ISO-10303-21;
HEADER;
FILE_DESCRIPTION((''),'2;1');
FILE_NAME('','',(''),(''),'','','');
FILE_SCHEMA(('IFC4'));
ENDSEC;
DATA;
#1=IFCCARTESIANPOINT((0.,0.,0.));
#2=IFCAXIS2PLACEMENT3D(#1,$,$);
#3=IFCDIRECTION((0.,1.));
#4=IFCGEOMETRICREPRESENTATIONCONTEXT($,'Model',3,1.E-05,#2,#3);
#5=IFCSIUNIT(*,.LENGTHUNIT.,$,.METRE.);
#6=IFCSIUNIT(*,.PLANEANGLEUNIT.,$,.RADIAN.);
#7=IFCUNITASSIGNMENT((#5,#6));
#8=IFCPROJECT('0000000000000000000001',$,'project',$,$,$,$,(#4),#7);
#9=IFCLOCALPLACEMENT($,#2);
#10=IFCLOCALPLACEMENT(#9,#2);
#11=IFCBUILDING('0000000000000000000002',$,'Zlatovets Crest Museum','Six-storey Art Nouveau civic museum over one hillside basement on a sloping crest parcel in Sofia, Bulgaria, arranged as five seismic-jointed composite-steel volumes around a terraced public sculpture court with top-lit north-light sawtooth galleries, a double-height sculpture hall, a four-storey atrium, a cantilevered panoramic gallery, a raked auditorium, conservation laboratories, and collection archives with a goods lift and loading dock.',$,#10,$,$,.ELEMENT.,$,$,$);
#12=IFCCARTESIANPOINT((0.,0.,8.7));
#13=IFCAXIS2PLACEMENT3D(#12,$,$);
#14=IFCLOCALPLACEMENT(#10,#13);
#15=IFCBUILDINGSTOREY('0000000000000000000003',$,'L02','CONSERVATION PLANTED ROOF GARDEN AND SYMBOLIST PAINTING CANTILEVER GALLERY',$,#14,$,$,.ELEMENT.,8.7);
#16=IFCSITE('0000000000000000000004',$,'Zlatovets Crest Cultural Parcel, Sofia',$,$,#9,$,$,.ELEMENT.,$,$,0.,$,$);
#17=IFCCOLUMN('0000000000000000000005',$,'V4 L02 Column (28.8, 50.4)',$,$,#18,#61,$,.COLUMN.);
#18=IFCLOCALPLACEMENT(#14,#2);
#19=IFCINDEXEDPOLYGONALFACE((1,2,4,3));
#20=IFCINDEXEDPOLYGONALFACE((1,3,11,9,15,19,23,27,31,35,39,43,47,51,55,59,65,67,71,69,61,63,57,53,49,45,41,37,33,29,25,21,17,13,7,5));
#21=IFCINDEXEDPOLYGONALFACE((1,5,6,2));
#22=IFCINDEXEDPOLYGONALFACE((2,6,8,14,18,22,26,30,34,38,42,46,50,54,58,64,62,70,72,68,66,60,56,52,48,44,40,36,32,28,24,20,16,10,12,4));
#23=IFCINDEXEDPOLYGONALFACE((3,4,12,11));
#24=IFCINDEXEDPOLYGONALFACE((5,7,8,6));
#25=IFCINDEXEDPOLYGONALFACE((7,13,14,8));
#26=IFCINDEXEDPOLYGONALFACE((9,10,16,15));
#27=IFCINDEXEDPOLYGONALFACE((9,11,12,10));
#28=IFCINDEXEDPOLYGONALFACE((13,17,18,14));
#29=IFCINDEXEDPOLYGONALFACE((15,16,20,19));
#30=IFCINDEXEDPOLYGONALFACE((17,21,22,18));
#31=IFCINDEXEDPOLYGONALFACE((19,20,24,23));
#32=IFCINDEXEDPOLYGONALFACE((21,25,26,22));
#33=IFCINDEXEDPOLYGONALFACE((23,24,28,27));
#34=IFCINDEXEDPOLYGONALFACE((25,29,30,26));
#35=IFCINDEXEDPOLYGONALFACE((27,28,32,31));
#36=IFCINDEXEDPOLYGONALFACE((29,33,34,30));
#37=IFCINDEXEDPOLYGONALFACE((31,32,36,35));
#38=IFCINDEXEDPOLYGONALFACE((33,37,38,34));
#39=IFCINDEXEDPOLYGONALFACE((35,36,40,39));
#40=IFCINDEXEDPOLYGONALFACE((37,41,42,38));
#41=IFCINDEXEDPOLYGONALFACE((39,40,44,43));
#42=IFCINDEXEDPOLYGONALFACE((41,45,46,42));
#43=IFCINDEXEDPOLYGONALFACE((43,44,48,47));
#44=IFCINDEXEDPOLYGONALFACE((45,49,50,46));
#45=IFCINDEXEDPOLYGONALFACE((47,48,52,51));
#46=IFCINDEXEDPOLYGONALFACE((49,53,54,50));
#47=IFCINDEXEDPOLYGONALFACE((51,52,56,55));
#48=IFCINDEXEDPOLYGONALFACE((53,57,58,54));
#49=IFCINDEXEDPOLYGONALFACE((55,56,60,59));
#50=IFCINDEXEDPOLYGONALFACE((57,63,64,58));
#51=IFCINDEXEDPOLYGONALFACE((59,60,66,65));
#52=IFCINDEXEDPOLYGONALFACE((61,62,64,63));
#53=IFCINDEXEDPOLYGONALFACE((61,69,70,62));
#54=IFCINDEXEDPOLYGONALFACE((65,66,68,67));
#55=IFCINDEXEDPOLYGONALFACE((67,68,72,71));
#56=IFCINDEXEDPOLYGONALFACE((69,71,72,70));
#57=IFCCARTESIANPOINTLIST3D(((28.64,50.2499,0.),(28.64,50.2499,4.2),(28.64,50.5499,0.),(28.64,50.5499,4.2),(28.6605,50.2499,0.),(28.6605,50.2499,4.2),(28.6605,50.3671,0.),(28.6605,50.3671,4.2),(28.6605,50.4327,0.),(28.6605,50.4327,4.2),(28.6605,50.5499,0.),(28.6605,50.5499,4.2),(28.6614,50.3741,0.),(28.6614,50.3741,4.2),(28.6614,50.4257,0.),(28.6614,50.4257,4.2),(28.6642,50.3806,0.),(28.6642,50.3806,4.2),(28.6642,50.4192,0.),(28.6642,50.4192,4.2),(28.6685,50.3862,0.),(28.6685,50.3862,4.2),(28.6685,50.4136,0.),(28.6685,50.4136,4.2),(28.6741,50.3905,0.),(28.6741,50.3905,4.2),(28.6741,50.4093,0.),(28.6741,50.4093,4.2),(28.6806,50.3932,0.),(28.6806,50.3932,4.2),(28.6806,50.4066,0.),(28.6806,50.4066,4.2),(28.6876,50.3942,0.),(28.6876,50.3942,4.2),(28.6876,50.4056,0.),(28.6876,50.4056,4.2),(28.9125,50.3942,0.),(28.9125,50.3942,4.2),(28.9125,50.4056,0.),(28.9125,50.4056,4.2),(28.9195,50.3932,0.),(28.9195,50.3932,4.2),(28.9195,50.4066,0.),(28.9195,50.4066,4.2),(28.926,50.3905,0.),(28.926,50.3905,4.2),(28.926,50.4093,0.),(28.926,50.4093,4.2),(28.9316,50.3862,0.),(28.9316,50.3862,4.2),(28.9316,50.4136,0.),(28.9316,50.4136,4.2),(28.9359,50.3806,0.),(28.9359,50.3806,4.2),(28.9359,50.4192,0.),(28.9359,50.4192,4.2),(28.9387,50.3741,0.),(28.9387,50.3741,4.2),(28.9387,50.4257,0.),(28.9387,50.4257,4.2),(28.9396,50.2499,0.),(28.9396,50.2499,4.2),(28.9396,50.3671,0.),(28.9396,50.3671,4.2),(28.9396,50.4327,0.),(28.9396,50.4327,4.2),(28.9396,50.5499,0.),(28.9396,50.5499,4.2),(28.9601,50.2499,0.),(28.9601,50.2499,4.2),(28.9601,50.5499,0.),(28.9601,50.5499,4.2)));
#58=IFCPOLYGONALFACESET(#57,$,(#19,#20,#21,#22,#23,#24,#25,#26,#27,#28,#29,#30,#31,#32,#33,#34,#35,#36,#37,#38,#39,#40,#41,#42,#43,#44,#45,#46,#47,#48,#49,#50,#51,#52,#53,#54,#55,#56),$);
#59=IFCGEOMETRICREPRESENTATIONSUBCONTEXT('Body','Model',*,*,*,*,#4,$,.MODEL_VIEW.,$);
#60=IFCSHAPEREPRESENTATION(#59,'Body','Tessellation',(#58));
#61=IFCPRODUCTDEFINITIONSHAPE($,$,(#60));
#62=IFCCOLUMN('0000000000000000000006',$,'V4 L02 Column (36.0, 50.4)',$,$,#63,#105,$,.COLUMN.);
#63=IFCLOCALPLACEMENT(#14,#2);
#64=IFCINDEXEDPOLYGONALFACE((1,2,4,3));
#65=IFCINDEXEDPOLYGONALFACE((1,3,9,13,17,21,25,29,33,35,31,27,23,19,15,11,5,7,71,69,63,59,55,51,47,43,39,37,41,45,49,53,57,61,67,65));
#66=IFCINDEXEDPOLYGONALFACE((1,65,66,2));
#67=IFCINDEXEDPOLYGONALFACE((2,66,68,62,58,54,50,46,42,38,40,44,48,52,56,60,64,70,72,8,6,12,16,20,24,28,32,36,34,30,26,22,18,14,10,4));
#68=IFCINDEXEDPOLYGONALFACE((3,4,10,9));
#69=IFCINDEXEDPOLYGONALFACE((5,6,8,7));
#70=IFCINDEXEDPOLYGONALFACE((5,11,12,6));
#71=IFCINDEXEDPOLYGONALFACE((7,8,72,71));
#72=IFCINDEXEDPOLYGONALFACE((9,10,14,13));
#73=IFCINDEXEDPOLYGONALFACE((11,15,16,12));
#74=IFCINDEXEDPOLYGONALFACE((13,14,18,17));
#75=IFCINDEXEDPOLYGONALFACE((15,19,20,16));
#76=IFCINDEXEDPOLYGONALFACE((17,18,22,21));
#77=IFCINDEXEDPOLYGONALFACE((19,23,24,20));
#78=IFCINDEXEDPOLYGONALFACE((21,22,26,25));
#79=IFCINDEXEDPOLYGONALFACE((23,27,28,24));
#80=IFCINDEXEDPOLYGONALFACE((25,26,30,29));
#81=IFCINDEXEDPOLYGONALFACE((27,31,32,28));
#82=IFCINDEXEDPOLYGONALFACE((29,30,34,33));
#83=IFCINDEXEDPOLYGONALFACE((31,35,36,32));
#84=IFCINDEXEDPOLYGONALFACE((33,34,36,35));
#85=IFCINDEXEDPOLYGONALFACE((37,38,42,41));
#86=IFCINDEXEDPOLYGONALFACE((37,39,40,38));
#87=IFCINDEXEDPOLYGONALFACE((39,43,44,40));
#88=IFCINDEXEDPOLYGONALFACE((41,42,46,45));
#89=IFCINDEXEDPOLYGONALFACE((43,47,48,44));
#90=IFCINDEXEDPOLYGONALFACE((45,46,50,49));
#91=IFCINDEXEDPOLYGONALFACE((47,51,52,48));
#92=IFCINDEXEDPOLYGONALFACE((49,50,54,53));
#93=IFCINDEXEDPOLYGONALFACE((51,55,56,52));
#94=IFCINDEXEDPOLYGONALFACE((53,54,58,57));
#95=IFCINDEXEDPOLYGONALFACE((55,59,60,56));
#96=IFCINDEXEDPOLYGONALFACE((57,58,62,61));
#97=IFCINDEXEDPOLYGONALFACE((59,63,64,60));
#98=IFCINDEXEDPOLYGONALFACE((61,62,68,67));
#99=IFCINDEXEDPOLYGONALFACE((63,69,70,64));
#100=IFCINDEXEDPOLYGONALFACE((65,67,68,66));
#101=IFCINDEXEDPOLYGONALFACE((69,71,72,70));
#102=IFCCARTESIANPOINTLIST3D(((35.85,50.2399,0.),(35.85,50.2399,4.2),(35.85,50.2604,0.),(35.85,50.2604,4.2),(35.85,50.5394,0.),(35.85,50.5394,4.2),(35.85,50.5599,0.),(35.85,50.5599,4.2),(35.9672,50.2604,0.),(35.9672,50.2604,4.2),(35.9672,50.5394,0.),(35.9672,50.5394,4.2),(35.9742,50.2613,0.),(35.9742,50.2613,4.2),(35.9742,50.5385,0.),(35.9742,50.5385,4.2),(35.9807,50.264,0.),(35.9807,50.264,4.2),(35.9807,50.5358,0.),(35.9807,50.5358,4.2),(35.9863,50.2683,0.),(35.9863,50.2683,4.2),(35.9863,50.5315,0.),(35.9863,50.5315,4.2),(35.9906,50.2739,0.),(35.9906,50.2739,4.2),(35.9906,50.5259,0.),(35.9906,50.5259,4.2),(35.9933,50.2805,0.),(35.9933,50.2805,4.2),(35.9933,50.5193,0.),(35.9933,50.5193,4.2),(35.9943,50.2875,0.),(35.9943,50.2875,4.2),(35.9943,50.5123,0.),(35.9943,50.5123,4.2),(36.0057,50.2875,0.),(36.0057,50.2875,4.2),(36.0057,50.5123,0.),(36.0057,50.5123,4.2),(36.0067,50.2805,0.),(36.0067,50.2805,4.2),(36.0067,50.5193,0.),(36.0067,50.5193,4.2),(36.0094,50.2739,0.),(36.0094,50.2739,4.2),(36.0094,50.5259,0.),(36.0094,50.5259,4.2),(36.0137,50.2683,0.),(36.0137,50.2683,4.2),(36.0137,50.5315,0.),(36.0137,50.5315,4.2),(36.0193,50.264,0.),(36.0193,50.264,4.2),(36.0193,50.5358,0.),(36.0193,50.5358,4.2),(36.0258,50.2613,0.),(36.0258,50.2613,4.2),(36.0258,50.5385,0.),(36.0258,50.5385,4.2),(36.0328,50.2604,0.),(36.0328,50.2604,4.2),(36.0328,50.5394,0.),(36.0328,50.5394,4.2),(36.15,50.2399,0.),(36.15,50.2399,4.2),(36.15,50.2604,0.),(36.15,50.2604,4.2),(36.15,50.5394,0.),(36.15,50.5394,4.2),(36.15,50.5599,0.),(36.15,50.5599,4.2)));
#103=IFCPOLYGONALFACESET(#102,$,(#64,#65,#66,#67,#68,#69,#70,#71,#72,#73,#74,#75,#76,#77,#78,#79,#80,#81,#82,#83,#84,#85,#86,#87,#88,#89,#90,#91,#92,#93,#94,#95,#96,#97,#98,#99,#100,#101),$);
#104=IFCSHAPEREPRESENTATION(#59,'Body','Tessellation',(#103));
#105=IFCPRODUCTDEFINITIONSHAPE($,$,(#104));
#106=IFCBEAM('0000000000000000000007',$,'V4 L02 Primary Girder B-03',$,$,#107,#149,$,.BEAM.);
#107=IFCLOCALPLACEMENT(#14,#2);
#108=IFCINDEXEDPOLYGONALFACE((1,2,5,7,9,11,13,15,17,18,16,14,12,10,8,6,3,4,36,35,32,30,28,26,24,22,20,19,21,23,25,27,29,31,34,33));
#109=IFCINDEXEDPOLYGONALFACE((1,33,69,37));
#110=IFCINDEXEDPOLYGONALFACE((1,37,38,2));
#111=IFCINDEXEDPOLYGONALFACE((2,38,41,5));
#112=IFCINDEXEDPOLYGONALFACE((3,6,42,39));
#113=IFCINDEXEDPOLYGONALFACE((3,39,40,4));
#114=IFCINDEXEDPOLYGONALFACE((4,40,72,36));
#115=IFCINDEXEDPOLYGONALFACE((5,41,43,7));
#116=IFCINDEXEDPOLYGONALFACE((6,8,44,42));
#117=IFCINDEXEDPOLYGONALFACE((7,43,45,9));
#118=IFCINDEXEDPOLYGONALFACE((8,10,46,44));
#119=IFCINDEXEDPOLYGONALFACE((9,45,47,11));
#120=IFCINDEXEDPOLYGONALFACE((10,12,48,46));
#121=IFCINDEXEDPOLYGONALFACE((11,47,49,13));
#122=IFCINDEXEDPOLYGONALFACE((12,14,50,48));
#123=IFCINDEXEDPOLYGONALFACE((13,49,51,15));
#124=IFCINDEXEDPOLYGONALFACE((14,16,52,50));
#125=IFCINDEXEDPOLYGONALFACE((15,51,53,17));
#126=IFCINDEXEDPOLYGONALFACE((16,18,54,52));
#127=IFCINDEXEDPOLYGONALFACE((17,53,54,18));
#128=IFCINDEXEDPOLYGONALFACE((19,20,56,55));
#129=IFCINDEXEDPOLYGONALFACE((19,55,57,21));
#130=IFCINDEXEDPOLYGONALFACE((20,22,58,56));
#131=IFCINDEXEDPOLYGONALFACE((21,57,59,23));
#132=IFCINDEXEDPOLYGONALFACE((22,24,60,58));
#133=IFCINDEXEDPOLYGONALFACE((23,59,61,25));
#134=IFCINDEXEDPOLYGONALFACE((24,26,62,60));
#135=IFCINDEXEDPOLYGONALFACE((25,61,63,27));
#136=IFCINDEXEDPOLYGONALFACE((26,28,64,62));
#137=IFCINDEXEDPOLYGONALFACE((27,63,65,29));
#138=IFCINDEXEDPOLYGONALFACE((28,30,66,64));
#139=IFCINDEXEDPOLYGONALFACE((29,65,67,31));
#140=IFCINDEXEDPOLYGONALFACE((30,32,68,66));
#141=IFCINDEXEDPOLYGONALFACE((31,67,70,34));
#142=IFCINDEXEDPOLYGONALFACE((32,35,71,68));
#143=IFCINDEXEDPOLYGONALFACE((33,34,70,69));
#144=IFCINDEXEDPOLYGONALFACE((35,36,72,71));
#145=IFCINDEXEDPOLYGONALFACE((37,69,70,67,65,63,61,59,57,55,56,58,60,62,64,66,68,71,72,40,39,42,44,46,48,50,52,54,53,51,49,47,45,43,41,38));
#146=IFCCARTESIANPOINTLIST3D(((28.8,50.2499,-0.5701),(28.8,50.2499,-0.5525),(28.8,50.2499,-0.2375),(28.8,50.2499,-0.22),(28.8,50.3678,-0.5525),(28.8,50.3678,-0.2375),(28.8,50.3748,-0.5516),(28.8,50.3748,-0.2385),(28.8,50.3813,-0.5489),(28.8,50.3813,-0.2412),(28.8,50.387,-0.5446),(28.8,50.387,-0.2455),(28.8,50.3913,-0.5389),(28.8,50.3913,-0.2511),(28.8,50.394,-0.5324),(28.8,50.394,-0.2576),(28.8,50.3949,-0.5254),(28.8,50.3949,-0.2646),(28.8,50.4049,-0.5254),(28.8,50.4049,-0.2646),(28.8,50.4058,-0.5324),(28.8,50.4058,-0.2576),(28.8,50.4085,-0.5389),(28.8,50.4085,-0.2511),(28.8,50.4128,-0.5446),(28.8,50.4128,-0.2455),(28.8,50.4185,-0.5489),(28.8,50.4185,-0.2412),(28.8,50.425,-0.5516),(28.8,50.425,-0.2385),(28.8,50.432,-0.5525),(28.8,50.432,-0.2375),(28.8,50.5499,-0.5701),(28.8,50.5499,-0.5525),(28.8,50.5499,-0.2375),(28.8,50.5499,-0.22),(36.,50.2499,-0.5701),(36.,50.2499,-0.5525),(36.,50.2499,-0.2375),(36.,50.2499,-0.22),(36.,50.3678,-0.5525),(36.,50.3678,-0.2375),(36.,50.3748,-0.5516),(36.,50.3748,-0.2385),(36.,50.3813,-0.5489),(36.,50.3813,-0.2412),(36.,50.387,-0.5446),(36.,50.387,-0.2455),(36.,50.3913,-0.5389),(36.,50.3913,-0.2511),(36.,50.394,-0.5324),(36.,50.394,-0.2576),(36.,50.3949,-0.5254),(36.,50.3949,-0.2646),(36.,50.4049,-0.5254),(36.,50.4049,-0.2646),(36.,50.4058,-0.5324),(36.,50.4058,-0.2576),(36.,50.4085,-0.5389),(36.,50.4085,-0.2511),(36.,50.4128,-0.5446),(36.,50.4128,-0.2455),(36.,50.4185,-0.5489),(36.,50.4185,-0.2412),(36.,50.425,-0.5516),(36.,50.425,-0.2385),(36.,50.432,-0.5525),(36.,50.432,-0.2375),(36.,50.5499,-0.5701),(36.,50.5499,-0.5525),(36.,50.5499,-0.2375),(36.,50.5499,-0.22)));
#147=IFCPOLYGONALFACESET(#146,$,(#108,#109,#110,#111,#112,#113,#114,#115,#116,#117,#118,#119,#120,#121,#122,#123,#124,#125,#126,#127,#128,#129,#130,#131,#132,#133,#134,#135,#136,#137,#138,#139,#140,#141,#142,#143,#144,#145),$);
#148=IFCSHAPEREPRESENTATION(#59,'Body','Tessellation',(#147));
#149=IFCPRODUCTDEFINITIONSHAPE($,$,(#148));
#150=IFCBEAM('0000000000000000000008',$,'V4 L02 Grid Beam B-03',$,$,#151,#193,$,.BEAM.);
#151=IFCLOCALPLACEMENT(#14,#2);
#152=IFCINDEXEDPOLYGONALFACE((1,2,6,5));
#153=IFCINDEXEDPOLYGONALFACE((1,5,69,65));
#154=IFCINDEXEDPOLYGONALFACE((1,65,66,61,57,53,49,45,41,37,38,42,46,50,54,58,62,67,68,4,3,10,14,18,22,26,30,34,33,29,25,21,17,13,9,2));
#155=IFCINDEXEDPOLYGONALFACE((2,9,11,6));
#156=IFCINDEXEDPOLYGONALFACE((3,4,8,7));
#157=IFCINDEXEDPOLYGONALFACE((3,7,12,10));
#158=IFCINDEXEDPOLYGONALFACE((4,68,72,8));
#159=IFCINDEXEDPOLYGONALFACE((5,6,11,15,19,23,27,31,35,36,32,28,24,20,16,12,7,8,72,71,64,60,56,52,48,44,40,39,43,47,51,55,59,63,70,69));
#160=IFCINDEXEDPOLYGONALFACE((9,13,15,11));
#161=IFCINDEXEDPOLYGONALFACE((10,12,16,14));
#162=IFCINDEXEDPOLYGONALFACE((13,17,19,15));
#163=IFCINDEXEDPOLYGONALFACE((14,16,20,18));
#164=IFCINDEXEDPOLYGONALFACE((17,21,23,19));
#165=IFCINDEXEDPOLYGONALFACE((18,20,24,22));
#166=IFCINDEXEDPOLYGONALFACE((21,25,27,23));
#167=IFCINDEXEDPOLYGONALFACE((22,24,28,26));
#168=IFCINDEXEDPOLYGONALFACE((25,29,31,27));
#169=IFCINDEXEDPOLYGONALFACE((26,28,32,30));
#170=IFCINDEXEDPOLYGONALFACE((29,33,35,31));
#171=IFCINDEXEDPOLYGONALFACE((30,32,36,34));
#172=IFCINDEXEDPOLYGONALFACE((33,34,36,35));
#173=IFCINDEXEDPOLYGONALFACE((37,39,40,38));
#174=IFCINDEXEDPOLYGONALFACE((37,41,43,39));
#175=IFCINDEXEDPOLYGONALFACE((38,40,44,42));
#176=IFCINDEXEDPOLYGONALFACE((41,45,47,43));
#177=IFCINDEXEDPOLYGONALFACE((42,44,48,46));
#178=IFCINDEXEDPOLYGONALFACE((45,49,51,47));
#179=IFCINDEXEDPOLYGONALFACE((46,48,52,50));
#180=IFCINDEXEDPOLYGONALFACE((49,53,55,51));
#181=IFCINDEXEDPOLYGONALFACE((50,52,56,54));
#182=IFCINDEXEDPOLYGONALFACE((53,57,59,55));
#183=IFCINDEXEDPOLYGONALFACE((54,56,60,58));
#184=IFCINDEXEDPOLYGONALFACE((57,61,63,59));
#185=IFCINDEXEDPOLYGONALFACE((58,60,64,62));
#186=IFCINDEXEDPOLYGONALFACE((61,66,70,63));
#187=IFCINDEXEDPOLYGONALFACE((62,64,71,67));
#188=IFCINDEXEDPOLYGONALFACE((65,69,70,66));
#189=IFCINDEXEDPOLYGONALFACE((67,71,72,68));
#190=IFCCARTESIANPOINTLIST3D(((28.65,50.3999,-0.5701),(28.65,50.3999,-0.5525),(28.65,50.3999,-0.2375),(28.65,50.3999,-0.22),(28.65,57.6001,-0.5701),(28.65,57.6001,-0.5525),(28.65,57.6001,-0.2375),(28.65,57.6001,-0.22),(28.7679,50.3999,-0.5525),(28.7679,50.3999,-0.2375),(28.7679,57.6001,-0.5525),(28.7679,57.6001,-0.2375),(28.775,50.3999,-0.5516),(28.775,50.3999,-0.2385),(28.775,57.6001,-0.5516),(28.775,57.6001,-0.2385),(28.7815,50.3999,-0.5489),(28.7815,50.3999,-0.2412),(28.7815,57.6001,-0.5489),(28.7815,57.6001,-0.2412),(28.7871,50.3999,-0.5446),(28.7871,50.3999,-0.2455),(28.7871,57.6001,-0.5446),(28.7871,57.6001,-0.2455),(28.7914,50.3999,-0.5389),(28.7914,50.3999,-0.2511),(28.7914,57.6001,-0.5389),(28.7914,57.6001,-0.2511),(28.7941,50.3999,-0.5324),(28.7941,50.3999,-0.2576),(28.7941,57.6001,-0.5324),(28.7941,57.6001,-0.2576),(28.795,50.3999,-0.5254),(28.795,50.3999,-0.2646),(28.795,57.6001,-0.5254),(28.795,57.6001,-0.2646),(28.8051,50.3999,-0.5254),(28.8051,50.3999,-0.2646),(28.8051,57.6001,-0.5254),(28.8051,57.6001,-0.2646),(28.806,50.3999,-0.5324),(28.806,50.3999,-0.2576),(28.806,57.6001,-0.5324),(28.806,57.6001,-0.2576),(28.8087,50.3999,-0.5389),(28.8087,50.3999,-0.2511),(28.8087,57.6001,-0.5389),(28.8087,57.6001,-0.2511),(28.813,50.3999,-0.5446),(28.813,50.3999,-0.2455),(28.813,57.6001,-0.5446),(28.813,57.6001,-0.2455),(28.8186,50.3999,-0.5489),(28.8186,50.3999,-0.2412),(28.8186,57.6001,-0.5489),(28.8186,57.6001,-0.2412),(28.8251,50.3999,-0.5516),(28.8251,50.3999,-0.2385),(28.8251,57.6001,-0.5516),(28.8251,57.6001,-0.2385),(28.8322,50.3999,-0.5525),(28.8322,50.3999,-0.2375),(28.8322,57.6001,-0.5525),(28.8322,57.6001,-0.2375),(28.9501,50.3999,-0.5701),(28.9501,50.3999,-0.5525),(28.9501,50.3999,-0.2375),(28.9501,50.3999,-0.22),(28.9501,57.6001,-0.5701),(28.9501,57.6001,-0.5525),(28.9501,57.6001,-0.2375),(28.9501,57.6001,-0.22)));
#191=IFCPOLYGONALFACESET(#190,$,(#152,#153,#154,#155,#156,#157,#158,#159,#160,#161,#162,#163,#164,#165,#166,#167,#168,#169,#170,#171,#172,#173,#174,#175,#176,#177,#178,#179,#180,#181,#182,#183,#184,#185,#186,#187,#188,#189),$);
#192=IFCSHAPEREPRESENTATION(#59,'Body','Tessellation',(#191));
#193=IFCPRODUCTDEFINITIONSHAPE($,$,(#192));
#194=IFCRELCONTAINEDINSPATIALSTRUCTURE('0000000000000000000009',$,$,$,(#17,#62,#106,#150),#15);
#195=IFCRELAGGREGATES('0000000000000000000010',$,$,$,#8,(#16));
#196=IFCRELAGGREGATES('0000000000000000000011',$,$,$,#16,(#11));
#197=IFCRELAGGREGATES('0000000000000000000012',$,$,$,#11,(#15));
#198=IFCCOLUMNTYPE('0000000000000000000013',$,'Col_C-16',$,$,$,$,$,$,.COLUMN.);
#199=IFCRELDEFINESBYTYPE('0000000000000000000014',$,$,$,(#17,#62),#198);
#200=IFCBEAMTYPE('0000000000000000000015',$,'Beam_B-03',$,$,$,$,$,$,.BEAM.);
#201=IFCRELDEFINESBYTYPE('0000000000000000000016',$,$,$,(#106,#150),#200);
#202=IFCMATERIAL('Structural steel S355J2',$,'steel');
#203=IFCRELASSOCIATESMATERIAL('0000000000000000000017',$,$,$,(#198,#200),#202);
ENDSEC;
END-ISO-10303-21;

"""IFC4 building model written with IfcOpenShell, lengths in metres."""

from ifc_helpers import new_model, si_unit, direction, frame, origin, origin_2d, place, context, subcontext, project, spatial, i_section, extrude, material, material_profile, profile_set, type_object, element, save


model = new_model("IFC4")

# Units and contexts
model_context = context("Model", 3, precision=1e-05, world=origin(), true_north=direction((0.0, 1.0)))
body_context = subcontext(model_context, "Body", "Model", "MODEL_VIEW")
ifc_project = project(units=[si_unit("LENGTHUNIT", "METRE"), si_unit("PLANEANGLEUNIT", "RADIAN")], contexts=[model_context])

# Site, building, storey
site_placement = place(None, origin())
site = spatial("IfcSite", under=ifc_project, at=site_placement, Name="Zlatovets Crest Cultural Parcel, Sofia", CompositionType="ELEMENT", RefElevation=0.0)
building_placement = place(site_placement, origin())
building = spatial("IfcBuilding", under=site, at=building_placement, Name="Zlatovets Crest Museum", Description="Six-storey Art Nouveau civic museum over one hillside basement on a sloping crest parcel in Sofia, Bulgaria, arranged as five seismic-jointed composite-steel volumes around a terraced public sculpture court with top-lit north-light sawtooth galleries, a double-height sculpture hall, a four-storey atrium, a cantilevered panoramic gallery, a raked auditorium, conservation laboratories, and collection archives with a goods lift and loading dock.", CompositionType="ELEMENT")
storey_placement = place(building_placement, frame((0.0, 0.0, 8.7)))
storey = spatial("IfcBuildingStorey", under=building, at=storey_placement, Name="L02", Description="CONSERVATION PLANTED ROOF GARDEN AND SYMBOLIST PAINTING CANTILEVER GALLERY", CompositionType="ELEMENT", Elevation=8.7)

# Columns
ifc_material_1 = material(Name="Structural steel S355J2", Category="steel")
ifc_material_profile_1 = material_profile(ifc_material_1, i_section(OverallWidth=0.3, OverallDepth=0.3201, WebThickness=0.0115, FlangeThickness=0.0205, FilletRadius=0.0271, at=origin_2d()), Name="HEB 320")
ifc_profile_set_1 = profile_set([ifc_material_profile_1], Name="Structural steel S355J2")
column_type = type_object("IfcColumnType", Name="Col_C-16", PredefinedType="COLUMN", material=ifc_profile_set_1)
for number, where, z_axis, x_axis, name in (
    (1, (28.8, 50.3999, 0.0), (0.0, 0.0, 1.0), (0.0, 1.0, 0.0), "V4 L02 Column (28.8, 50.4)"),
    (2, (36.0, 50.3999, 0.0), (0.0, 0.0, 1.0), (1.0, 0.0, 0.0), "V4 L02 Column (36.0, 50.4)"),
):
    element("IfcColumn", number, at=place(storey_placement, frame(where, z_axis=z_axis, x_axis=x_axis)), inside=storey, type_object=column_type, Name=name, PredefinedType="COLUMN", context=body_context, shape_type="SweptSolid", body=[
        extrude(i_section(OverallWidth=0.3, OverallDepth=0.3201, WebThickness=0.0115, FlangeThickness=0.0205, FilletRadius=0.0271, at=origin_2d()), origin(), (0.0, 0.0, 1.0), 4.2),
    ])

# Beams
ifc_material_profile_2 = material_profile(ifc_material_1, i_section(OverallWidth=0.3, OverallDepth=0.3501, WebThickness=0.01, FlangeThickness=0.0176, FilletRadius=0.0271, at=origin_2d()), Name="HEA 360")
ifc_profile_set_2 = profile_set([ifc_material_profile_2], Name="Structural steel S355J2")
beam_type_1 = type_object("IfcBeamType", Name="Beam_B-03", PredefinedType="BEAM", material=ifc_profile_set_2)
beam_1_placement = place(storey_placement, frame((28.8, 50.3999, -0.395), z_axis=(1.0, 0.0, 0.0), x_axis=(0.0, 1.0, 0.0)))
element("IfcBeam", 3, at=beam_1_placement, inside=storey, type_object=beam_type_1, Name="V4 L02 Primary Girder B-03", PredefinedType="BEAM", context=body_context, shape_type="SweptSolid", body=[
    extrude(i_section(OverallWidth=0.3, OverallDepth=0.3501, WebThickness=0.01, FlangeThickness=0.0176, FilletRadius=0.0271, at=origin_2d()), origin(), (0.0, 0.0, 1.0), 7.2),
])
for number, where, z_axis, x_axis, name in (
    (4, (28.8, 50.3999, -0.395), (0.0, 1.0, 0.0), (-1.0, 0.0, 0.0), "V4 L02 Grid Beam B-03"),
):
    element("IfcBeam", number, at=place(storey_placement, frame(where, z_axis=z_axis, x_axis=x_axis)), inside=storey, type_object=beam_type_1, Name=name, PredefinedType="BEAM", context=body_context, shape_type="SweptSolid", body=[
        extrude(i_section(OverallWidth=0.3, OverallDepth=0.3501, WebThickness=0.01, FlangeThickness=0.0176, FilletRadius=0.0271, at=origin_2d()), origin(), (0.0, 0.0, 1.0), 7.2002),
    ])

save(model, "model.ifc")
